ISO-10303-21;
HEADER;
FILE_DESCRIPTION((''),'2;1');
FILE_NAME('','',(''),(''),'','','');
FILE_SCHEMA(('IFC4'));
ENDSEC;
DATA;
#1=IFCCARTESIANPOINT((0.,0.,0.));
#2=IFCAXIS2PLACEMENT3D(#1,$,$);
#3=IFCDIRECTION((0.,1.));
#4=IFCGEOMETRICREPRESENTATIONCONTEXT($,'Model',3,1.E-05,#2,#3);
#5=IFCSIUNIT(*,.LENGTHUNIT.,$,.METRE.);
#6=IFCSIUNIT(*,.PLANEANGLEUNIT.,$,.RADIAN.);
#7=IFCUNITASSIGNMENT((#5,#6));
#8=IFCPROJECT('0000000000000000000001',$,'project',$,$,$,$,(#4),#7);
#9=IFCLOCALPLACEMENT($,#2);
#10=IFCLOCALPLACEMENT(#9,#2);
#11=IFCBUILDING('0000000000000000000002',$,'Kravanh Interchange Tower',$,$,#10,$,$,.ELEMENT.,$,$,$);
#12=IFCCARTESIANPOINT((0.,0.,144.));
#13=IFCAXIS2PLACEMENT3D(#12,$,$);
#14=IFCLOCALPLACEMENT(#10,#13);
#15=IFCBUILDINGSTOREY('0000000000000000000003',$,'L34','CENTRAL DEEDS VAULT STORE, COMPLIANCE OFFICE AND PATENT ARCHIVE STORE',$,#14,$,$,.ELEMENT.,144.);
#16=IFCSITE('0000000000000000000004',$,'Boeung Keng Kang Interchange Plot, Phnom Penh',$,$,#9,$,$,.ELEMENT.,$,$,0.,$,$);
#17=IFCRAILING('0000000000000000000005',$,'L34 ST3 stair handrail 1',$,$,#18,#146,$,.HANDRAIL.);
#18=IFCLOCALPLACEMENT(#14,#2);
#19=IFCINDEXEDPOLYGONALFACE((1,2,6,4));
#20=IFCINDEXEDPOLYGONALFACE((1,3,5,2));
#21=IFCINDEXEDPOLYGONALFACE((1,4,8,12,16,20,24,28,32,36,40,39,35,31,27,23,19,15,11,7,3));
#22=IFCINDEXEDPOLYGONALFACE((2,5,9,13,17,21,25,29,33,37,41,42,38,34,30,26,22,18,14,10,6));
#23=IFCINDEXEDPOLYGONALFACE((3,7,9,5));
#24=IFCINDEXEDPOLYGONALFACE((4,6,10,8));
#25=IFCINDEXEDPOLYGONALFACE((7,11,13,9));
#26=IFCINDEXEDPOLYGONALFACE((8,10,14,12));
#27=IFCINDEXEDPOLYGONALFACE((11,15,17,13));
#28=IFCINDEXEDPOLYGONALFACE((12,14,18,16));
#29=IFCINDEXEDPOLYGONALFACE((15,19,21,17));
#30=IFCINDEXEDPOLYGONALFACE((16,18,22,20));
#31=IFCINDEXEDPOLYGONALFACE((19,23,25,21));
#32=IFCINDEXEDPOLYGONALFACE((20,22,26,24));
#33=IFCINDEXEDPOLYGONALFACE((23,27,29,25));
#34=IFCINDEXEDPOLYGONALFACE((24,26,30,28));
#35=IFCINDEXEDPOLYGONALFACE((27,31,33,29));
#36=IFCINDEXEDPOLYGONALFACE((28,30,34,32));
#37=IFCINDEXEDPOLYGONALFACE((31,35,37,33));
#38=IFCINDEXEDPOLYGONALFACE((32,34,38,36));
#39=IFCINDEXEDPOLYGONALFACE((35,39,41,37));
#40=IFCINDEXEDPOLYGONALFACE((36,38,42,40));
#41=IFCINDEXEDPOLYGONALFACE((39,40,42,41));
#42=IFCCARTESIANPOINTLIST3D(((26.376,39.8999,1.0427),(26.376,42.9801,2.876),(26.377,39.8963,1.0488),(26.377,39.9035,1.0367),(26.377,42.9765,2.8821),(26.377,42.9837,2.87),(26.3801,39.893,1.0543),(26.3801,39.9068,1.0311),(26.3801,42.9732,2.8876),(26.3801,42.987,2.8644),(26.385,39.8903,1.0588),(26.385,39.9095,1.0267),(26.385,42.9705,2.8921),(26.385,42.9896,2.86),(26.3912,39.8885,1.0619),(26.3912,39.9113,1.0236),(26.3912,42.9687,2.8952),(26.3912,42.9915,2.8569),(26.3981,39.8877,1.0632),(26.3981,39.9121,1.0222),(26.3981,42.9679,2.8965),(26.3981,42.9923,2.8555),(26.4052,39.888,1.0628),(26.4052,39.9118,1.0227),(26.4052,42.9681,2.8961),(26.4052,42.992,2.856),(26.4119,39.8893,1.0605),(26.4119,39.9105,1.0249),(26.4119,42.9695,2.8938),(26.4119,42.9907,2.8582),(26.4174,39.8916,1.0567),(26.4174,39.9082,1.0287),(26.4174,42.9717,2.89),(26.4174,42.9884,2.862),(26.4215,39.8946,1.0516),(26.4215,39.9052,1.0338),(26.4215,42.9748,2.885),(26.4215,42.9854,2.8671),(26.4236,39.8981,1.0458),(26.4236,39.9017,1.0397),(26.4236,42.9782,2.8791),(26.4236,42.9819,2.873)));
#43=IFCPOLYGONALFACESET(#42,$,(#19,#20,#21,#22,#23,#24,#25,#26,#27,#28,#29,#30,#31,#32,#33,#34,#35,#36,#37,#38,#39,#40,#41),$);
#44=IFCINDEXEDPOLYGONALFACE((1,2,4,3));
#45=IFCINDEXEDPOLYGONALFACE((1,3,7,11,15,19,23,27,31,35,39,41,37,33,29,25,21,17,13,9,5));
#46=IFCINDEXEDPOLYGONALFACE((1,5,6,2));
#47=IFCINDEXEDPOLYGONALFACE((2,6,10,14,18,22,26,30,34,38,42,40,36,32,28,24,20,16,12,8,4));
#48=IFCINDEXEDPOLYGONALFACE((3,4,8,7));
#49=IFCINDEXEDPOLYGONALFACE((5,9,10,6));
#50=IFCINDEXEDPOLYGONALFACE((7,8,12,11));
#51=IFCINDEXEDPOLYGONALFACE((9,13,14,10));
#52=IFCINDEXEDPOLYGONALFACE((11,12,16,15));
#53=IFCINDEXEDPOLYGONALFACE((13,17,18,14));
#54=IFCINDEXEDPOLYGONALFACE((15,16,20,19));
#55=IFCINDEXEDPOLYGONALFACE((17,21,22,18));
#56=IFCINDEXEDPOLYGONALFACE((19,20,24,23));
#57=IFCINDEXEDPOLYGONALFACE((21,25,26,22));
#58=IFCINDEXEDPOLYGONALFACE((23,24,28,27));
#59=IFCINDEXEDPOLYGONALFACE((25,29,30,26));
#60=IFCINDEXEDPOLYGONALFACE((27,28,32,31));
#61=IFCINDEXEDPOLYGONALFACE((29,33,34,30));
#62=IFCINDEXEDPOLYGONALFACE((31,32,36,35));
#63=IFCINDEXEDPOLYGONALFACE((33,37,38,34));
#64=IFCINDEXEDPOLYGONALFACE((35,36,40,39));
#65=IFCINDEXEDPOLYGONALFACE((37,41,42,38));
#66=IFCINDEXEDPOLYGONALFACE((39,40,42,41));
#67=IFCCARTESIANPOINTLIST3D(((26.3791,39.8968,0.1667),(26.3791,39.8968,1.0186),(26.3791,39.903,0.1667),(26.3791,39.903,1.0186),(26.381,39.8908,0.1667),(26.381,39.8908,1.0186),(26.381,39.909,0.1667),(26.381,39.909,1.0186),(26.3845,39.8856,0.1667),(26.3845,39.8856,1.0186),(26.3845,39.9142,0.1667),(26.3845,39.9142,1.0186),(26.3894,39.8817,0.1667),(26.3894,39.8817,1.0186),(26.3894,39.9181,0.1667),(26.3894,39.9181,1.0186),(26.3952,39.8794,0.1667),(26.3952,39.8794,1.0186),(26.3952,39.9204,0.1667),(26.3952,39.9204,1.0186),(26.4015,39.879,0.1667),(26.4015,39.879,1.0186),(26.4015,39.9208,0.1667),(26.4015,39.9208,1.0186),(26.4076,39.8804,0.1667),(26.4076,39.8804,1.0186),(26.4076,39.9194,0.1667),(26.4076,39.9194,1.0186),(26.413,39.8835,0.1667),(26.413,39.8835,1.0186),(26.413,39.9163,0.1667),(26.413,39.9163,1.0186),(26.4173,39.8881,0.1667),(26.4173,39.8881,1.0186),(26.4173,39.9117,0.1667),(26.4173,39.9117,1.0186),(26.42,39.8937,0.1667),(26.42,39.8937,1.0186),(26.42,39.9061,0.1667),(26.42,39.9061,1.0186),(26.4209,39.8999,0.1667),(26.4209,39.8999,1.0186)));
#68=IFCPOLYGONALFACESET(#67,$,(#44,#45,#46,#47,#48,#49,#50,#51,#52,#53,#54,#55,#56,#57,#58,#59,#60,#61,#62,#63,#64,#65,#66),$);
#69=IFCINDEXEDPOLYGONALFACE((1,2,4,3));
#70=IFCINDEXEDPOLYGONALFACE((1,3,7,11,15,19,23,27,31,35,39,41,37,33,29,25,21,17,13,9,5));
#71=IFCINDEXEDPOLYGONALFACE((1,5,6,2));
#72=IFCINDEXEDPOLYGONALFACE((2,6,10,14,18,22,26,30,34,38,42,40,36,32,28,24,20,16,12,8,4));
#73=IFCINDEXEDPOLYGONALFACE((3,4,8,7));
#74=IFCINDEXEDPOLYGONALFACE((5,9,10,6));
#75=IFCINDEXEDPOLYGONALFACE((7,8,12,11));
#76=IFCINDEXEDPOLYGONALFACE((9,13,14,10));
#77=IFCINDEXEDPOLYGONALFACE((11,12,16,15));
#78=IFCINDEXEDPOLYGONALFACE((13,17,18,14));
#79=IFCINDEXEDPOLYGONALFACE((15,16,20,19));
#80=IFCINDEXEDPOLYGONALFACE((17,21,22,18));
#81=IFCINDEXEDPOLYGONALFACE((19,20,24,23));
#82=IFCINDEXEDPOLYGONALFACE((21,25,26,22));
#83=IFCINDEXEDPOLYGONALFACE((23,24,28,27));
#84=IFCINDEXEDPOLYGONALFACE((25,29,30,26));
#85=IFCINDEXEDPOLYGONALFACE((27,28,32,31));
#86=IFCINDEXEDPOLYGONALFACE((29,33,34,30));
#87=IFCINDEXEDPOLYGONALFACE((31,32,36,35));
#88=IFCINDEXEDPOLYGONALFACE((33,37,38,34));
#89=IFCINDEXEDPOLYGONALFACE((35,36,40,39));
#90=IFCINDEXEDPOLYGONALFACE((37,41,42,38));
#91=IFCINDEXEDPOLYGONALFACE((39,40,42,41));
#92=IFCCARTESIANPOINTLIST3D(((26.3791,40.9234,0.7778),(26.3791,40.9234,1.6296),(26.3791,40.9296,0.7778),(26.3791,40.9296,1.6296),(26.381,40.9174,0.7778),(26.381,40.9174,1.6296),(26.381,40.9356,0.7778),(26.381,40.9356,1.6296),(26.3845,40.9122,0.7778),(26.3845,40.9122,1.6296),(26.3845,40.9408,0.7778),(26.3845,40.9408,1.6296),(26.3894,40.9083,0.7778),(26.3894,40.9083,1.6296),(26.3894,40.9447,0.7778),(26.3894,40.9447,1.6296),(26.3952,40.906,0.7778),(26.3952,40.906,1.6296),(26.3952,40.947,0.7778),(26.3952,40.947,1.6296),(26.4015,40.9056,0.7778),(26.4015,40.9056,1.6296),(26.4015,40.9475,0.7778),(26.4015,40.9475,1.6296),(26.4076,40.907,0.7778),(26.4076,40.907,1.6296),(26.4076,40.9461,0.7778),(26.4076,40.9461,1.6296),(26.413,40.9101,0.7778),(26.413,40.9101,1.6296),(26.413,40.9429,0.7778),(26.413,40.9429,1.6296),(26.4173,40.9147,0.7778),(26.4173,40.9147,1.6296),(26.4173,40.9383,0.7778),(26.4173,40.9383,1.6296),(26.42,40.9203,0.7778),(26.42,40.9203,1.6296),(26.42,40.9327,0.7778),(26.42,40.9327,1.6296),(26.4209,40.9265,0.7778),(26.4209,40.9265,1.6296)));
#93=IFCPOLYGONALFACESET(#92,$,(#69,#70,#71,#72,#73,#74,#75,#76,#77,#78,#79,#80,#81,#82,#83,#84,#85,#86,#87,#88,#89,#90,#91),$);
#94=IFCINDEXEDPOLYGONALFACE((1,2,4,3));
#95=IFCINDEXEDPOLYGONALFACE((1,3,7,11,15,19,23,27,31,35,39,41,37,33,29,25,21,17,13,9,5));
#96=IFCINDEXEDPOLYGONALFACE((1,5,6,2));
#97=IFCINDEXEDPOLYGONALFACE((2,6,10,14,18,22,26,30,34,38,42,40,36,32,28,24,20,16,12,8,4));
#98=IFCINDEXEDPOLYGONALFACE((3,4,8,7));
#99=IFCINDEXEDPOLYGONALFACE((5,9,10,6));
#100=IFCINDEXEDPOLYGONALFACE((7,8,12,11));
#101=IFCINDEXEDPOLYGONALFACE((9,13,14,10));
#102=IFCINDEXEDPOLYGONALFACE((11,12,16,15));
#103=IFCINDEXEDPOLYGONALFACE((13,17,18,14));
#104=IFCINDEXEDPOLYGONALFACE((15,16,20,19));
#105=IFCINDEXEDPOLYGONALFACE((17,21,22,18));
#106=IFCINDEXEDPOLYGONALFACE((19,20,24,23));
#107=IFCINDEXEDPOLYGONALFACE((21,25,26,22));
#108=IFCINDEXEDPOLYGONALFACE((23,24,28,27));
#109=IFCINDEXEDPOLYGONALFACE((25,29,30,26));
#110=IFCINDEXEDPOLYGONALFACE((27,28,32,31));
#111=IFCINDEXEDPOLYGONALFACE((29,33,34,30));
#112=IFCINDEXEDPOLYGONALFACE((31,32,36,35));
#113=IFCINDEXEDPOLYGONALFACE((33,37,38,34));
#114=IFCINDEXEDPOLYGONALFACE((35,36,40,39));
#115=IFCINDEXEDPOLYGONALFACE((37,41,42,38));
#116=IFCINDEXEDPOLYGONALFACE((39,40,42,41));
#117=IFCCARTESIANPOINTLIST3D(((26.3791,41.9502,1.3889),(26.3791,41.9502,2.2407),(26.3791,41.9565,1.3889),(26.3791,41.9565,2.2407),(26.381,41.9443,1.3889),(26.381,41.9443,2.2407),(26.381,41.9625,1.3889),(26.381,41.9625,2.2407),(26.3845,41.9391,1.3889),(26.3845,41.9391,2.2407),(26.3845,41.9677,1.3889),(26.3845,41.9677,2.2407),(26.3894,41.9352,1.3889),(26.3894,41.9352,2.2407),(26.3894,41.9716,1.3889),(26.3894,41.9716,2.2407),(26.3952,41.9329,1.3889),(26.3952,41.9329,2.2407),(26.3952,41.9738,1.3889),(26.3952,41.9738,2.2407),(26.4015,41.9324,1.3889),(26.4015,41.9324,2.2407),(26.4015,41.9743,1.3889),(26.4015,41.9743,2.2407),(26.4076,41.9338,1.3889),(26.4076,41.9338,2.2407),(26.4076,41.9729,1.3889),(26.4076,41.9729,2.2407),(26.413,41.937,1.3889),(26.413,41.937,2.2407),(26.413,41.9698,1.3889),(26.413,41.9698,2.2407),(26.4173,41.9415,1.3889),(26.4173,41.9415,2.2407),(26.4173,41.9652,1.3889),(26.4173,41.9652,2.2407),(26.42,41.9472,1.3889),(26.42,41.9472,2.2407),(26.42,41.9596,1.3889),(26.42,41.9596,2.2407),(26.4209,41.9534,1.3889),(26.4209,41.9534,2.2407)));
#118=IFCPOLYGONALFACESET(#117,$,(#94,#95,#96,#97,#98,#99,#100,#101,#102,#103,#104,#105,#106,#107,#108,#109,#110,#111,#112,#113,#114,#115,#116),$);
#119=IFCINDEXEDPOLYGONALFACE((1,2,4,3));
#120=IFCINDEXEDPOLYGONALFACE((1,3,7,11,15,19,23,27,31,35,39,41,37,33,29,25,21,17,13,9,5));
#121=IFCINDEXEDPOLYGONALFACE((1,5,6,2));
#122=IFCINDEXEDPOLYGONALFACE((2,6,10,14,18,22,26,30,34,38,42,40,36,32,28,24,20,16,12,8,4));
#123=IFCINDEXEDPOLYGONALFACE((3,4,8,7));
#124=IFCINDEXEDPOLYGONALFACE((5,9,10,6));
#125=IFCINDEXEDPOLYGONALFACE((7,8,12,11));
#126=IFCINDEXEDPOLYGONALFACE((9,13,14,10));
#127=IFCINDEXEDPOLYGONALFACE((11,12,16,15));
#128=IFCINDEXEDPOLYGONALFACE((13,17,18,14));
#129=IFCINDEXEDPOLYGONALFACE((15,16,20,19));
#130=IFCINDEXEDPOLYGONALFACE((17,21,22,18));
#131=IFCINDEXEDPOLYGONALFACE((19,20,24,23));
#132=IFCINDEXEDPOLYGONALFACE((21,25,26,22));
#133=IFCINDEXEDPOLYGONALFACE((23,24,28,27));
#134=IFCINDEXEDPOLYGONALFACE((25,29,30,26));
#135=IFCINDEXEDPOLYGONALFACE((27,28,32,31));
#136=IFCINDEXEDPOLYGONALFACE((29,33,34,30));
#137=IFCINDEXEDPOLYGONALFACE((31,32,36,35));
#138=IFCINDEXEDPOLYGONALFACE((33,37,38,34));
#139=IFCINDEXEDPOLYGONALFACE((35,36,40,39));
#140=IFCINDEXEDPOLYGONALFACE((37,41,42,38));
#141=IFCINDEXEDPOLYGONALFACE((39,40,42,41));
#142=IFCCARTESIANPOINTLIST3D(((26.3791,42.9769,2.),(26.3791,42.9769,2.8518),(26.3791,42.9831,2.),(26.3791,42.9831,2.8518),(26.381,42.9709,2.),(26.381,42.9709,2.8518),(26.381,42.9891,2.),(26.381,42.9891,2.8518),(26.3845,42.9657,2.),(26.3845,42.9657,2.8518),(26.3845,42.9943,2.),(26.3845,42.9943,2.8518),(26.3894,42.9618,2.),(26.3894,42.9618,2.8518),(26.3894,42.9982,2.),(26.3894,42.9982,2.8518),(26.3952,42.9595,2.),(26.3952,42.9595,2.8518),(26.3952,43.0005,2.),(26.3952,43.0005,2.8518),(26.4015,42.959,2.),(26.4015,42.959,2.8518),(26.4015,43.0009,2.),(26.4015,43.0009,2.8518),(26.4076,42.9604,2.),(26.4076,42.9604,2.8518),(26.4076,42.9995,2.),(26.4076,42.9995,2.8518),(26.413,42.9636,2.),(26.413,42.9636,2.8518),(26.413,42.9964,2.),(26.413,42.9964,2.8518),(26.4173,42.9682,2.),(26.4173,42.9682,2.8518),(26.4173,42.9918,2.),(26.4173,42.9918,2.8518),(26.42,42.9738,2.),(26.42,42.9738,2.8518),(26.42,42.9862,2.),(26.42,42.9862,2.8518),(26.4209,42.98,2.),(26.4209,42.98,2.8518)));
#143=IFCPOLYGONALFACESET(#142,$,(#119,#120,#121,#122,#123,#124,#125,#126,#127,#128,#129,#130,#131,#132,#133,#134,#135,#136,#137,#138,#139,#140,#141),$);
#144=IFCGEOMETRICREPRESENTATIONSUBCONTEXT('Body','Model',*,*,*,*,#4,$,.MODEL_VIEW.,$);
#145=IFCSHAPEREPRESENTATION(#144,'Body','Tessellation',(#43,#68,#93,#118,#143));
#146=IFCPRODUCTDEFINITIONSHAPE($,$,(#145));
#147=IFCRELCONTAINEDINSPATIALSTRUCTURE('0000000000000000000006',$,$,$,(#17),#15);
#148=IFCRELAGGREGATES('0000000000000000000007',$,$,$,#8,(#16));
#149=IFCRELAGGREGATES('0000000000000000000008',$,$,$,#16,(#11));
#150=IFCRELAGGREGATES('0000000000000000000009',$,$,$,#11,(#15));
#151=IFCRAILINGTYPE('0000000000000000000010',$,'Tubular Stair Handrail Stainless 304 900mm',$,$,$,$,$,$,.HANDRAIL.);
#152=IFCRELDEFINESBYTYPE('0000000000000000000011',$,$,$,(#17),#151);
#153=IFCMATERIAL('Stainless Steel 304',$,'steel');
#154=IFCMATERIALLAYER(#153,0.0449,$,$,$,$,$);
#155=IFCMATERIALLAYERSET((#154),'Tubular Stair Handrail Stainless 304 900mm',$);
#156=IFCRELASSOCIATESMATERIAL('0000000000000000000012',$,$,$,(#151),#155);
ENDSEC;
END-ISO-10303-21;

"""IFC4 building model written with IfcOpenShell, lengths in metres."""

from ifc_helpers import new_model, si_unit, direction, frame, origin, origin_2d, place, context, subcontext, project, spatial, circle, extrude, material, layer, layer_set, type_object, element, save


model = new_model("IFC4")

# Units and contexts
model_context = context("Model", 3, precision=1e-05, world=origin(), true_north=direction((0.0, 1.0)))
body_context = subcontext(model_context, "Body", "Model", "MODEL_VIEW")
ifc_project = project(units=[si_unit("LENGTHUNIT", "METRE"), si_unit("PLANEANGLEUNIT", "RADIAN")], contexts=[model_context])

# Site, building, storey
site_placement = place(None, origin())
site = spatial("IfcSite", under=ifc_project, at=site_placement, Name="Boeung Keng Kang Interchange Plot, Phnom Penh", CompositionType="ELEMENT", RefElevation=0.0)
building_placement = place(site_placement, origin())
building = spatial("IfcBuilding", under=site, at=building_placement, Name="Kravanh Interchange Tower", CompositionType="ELEMENT")
storey_placement = place(building_placement, frame((0.0, 0.0, 144.0)))
storey = spatial("IfcBuildingStorey", under=building, at=storey_placement, Name="L34", Description="CENTRAL DEEDS VAULT STORE, COMPLIANCE OFFICE AND PATENT ARCHIVE STORE", CompositionType="ELEMENT", Elevation=144.0)

# Railing
ifc_material_1 = material(Name="Stainless Steel 304", Category="steel")
ifc_layer_1 = layer(ifc_material_1, 0.0449)
ifc_layer_set_1 = layer_set([ifc_layer_1], Name="Tubular Stair Handrail Stainless 304 900mm")
railing_type_1 = type_object("IfcRailingType", Name="Tubular Stair Handrail Stainless 304 900mm", PredefinedType="HANDRAIL", material=ifc_layer_set_1)
railing_1_placement = place(storey_placement, frame((26.3999, 39.8999, 0.1667)))
element("IfcRailing", 1, at=railing_1_placement, inside=storey, type_object=railing_type_1, Name="L34 ST3 stair handrail 1", PredefinedType="HANDRAIL", context=body_context, shape_type="SweptSolid", body=[
    extrude(circle(Radius=0.0239, at=origin_2d()), frame((0.0, 0.0, 0.876), z_axis=(0.0, 0.859309, 0.511458), x_axis=(-1.0, 0.0, 0.0)), (0.0, 0.0, 1.0), 3.5845),
    extrude(circle(Radius=0.021, at=origin_2d()), origin(), (0.0, 0.0, 1.0), 0.8518),
    extrude(circle(Radius=0.021, at=origin_2d()), frame((0.0, 1.0266, 0.6111)), (0.0, 0.0, 1.0), 0.8518),
    extrude(circle(Radius=0.021, at=origin_2d()), frame((0.0, 2.0535, 1.2222)), (0.0, 0.0, 1.0), 0.8518),
    extrude(circle(Radius=0.021, at=origin_2d()), frame((0.0, 3.0801, 1.8333)), (0.0, 0.0, 1.0), 0.8518),
])

save(model, "model.ifc")
